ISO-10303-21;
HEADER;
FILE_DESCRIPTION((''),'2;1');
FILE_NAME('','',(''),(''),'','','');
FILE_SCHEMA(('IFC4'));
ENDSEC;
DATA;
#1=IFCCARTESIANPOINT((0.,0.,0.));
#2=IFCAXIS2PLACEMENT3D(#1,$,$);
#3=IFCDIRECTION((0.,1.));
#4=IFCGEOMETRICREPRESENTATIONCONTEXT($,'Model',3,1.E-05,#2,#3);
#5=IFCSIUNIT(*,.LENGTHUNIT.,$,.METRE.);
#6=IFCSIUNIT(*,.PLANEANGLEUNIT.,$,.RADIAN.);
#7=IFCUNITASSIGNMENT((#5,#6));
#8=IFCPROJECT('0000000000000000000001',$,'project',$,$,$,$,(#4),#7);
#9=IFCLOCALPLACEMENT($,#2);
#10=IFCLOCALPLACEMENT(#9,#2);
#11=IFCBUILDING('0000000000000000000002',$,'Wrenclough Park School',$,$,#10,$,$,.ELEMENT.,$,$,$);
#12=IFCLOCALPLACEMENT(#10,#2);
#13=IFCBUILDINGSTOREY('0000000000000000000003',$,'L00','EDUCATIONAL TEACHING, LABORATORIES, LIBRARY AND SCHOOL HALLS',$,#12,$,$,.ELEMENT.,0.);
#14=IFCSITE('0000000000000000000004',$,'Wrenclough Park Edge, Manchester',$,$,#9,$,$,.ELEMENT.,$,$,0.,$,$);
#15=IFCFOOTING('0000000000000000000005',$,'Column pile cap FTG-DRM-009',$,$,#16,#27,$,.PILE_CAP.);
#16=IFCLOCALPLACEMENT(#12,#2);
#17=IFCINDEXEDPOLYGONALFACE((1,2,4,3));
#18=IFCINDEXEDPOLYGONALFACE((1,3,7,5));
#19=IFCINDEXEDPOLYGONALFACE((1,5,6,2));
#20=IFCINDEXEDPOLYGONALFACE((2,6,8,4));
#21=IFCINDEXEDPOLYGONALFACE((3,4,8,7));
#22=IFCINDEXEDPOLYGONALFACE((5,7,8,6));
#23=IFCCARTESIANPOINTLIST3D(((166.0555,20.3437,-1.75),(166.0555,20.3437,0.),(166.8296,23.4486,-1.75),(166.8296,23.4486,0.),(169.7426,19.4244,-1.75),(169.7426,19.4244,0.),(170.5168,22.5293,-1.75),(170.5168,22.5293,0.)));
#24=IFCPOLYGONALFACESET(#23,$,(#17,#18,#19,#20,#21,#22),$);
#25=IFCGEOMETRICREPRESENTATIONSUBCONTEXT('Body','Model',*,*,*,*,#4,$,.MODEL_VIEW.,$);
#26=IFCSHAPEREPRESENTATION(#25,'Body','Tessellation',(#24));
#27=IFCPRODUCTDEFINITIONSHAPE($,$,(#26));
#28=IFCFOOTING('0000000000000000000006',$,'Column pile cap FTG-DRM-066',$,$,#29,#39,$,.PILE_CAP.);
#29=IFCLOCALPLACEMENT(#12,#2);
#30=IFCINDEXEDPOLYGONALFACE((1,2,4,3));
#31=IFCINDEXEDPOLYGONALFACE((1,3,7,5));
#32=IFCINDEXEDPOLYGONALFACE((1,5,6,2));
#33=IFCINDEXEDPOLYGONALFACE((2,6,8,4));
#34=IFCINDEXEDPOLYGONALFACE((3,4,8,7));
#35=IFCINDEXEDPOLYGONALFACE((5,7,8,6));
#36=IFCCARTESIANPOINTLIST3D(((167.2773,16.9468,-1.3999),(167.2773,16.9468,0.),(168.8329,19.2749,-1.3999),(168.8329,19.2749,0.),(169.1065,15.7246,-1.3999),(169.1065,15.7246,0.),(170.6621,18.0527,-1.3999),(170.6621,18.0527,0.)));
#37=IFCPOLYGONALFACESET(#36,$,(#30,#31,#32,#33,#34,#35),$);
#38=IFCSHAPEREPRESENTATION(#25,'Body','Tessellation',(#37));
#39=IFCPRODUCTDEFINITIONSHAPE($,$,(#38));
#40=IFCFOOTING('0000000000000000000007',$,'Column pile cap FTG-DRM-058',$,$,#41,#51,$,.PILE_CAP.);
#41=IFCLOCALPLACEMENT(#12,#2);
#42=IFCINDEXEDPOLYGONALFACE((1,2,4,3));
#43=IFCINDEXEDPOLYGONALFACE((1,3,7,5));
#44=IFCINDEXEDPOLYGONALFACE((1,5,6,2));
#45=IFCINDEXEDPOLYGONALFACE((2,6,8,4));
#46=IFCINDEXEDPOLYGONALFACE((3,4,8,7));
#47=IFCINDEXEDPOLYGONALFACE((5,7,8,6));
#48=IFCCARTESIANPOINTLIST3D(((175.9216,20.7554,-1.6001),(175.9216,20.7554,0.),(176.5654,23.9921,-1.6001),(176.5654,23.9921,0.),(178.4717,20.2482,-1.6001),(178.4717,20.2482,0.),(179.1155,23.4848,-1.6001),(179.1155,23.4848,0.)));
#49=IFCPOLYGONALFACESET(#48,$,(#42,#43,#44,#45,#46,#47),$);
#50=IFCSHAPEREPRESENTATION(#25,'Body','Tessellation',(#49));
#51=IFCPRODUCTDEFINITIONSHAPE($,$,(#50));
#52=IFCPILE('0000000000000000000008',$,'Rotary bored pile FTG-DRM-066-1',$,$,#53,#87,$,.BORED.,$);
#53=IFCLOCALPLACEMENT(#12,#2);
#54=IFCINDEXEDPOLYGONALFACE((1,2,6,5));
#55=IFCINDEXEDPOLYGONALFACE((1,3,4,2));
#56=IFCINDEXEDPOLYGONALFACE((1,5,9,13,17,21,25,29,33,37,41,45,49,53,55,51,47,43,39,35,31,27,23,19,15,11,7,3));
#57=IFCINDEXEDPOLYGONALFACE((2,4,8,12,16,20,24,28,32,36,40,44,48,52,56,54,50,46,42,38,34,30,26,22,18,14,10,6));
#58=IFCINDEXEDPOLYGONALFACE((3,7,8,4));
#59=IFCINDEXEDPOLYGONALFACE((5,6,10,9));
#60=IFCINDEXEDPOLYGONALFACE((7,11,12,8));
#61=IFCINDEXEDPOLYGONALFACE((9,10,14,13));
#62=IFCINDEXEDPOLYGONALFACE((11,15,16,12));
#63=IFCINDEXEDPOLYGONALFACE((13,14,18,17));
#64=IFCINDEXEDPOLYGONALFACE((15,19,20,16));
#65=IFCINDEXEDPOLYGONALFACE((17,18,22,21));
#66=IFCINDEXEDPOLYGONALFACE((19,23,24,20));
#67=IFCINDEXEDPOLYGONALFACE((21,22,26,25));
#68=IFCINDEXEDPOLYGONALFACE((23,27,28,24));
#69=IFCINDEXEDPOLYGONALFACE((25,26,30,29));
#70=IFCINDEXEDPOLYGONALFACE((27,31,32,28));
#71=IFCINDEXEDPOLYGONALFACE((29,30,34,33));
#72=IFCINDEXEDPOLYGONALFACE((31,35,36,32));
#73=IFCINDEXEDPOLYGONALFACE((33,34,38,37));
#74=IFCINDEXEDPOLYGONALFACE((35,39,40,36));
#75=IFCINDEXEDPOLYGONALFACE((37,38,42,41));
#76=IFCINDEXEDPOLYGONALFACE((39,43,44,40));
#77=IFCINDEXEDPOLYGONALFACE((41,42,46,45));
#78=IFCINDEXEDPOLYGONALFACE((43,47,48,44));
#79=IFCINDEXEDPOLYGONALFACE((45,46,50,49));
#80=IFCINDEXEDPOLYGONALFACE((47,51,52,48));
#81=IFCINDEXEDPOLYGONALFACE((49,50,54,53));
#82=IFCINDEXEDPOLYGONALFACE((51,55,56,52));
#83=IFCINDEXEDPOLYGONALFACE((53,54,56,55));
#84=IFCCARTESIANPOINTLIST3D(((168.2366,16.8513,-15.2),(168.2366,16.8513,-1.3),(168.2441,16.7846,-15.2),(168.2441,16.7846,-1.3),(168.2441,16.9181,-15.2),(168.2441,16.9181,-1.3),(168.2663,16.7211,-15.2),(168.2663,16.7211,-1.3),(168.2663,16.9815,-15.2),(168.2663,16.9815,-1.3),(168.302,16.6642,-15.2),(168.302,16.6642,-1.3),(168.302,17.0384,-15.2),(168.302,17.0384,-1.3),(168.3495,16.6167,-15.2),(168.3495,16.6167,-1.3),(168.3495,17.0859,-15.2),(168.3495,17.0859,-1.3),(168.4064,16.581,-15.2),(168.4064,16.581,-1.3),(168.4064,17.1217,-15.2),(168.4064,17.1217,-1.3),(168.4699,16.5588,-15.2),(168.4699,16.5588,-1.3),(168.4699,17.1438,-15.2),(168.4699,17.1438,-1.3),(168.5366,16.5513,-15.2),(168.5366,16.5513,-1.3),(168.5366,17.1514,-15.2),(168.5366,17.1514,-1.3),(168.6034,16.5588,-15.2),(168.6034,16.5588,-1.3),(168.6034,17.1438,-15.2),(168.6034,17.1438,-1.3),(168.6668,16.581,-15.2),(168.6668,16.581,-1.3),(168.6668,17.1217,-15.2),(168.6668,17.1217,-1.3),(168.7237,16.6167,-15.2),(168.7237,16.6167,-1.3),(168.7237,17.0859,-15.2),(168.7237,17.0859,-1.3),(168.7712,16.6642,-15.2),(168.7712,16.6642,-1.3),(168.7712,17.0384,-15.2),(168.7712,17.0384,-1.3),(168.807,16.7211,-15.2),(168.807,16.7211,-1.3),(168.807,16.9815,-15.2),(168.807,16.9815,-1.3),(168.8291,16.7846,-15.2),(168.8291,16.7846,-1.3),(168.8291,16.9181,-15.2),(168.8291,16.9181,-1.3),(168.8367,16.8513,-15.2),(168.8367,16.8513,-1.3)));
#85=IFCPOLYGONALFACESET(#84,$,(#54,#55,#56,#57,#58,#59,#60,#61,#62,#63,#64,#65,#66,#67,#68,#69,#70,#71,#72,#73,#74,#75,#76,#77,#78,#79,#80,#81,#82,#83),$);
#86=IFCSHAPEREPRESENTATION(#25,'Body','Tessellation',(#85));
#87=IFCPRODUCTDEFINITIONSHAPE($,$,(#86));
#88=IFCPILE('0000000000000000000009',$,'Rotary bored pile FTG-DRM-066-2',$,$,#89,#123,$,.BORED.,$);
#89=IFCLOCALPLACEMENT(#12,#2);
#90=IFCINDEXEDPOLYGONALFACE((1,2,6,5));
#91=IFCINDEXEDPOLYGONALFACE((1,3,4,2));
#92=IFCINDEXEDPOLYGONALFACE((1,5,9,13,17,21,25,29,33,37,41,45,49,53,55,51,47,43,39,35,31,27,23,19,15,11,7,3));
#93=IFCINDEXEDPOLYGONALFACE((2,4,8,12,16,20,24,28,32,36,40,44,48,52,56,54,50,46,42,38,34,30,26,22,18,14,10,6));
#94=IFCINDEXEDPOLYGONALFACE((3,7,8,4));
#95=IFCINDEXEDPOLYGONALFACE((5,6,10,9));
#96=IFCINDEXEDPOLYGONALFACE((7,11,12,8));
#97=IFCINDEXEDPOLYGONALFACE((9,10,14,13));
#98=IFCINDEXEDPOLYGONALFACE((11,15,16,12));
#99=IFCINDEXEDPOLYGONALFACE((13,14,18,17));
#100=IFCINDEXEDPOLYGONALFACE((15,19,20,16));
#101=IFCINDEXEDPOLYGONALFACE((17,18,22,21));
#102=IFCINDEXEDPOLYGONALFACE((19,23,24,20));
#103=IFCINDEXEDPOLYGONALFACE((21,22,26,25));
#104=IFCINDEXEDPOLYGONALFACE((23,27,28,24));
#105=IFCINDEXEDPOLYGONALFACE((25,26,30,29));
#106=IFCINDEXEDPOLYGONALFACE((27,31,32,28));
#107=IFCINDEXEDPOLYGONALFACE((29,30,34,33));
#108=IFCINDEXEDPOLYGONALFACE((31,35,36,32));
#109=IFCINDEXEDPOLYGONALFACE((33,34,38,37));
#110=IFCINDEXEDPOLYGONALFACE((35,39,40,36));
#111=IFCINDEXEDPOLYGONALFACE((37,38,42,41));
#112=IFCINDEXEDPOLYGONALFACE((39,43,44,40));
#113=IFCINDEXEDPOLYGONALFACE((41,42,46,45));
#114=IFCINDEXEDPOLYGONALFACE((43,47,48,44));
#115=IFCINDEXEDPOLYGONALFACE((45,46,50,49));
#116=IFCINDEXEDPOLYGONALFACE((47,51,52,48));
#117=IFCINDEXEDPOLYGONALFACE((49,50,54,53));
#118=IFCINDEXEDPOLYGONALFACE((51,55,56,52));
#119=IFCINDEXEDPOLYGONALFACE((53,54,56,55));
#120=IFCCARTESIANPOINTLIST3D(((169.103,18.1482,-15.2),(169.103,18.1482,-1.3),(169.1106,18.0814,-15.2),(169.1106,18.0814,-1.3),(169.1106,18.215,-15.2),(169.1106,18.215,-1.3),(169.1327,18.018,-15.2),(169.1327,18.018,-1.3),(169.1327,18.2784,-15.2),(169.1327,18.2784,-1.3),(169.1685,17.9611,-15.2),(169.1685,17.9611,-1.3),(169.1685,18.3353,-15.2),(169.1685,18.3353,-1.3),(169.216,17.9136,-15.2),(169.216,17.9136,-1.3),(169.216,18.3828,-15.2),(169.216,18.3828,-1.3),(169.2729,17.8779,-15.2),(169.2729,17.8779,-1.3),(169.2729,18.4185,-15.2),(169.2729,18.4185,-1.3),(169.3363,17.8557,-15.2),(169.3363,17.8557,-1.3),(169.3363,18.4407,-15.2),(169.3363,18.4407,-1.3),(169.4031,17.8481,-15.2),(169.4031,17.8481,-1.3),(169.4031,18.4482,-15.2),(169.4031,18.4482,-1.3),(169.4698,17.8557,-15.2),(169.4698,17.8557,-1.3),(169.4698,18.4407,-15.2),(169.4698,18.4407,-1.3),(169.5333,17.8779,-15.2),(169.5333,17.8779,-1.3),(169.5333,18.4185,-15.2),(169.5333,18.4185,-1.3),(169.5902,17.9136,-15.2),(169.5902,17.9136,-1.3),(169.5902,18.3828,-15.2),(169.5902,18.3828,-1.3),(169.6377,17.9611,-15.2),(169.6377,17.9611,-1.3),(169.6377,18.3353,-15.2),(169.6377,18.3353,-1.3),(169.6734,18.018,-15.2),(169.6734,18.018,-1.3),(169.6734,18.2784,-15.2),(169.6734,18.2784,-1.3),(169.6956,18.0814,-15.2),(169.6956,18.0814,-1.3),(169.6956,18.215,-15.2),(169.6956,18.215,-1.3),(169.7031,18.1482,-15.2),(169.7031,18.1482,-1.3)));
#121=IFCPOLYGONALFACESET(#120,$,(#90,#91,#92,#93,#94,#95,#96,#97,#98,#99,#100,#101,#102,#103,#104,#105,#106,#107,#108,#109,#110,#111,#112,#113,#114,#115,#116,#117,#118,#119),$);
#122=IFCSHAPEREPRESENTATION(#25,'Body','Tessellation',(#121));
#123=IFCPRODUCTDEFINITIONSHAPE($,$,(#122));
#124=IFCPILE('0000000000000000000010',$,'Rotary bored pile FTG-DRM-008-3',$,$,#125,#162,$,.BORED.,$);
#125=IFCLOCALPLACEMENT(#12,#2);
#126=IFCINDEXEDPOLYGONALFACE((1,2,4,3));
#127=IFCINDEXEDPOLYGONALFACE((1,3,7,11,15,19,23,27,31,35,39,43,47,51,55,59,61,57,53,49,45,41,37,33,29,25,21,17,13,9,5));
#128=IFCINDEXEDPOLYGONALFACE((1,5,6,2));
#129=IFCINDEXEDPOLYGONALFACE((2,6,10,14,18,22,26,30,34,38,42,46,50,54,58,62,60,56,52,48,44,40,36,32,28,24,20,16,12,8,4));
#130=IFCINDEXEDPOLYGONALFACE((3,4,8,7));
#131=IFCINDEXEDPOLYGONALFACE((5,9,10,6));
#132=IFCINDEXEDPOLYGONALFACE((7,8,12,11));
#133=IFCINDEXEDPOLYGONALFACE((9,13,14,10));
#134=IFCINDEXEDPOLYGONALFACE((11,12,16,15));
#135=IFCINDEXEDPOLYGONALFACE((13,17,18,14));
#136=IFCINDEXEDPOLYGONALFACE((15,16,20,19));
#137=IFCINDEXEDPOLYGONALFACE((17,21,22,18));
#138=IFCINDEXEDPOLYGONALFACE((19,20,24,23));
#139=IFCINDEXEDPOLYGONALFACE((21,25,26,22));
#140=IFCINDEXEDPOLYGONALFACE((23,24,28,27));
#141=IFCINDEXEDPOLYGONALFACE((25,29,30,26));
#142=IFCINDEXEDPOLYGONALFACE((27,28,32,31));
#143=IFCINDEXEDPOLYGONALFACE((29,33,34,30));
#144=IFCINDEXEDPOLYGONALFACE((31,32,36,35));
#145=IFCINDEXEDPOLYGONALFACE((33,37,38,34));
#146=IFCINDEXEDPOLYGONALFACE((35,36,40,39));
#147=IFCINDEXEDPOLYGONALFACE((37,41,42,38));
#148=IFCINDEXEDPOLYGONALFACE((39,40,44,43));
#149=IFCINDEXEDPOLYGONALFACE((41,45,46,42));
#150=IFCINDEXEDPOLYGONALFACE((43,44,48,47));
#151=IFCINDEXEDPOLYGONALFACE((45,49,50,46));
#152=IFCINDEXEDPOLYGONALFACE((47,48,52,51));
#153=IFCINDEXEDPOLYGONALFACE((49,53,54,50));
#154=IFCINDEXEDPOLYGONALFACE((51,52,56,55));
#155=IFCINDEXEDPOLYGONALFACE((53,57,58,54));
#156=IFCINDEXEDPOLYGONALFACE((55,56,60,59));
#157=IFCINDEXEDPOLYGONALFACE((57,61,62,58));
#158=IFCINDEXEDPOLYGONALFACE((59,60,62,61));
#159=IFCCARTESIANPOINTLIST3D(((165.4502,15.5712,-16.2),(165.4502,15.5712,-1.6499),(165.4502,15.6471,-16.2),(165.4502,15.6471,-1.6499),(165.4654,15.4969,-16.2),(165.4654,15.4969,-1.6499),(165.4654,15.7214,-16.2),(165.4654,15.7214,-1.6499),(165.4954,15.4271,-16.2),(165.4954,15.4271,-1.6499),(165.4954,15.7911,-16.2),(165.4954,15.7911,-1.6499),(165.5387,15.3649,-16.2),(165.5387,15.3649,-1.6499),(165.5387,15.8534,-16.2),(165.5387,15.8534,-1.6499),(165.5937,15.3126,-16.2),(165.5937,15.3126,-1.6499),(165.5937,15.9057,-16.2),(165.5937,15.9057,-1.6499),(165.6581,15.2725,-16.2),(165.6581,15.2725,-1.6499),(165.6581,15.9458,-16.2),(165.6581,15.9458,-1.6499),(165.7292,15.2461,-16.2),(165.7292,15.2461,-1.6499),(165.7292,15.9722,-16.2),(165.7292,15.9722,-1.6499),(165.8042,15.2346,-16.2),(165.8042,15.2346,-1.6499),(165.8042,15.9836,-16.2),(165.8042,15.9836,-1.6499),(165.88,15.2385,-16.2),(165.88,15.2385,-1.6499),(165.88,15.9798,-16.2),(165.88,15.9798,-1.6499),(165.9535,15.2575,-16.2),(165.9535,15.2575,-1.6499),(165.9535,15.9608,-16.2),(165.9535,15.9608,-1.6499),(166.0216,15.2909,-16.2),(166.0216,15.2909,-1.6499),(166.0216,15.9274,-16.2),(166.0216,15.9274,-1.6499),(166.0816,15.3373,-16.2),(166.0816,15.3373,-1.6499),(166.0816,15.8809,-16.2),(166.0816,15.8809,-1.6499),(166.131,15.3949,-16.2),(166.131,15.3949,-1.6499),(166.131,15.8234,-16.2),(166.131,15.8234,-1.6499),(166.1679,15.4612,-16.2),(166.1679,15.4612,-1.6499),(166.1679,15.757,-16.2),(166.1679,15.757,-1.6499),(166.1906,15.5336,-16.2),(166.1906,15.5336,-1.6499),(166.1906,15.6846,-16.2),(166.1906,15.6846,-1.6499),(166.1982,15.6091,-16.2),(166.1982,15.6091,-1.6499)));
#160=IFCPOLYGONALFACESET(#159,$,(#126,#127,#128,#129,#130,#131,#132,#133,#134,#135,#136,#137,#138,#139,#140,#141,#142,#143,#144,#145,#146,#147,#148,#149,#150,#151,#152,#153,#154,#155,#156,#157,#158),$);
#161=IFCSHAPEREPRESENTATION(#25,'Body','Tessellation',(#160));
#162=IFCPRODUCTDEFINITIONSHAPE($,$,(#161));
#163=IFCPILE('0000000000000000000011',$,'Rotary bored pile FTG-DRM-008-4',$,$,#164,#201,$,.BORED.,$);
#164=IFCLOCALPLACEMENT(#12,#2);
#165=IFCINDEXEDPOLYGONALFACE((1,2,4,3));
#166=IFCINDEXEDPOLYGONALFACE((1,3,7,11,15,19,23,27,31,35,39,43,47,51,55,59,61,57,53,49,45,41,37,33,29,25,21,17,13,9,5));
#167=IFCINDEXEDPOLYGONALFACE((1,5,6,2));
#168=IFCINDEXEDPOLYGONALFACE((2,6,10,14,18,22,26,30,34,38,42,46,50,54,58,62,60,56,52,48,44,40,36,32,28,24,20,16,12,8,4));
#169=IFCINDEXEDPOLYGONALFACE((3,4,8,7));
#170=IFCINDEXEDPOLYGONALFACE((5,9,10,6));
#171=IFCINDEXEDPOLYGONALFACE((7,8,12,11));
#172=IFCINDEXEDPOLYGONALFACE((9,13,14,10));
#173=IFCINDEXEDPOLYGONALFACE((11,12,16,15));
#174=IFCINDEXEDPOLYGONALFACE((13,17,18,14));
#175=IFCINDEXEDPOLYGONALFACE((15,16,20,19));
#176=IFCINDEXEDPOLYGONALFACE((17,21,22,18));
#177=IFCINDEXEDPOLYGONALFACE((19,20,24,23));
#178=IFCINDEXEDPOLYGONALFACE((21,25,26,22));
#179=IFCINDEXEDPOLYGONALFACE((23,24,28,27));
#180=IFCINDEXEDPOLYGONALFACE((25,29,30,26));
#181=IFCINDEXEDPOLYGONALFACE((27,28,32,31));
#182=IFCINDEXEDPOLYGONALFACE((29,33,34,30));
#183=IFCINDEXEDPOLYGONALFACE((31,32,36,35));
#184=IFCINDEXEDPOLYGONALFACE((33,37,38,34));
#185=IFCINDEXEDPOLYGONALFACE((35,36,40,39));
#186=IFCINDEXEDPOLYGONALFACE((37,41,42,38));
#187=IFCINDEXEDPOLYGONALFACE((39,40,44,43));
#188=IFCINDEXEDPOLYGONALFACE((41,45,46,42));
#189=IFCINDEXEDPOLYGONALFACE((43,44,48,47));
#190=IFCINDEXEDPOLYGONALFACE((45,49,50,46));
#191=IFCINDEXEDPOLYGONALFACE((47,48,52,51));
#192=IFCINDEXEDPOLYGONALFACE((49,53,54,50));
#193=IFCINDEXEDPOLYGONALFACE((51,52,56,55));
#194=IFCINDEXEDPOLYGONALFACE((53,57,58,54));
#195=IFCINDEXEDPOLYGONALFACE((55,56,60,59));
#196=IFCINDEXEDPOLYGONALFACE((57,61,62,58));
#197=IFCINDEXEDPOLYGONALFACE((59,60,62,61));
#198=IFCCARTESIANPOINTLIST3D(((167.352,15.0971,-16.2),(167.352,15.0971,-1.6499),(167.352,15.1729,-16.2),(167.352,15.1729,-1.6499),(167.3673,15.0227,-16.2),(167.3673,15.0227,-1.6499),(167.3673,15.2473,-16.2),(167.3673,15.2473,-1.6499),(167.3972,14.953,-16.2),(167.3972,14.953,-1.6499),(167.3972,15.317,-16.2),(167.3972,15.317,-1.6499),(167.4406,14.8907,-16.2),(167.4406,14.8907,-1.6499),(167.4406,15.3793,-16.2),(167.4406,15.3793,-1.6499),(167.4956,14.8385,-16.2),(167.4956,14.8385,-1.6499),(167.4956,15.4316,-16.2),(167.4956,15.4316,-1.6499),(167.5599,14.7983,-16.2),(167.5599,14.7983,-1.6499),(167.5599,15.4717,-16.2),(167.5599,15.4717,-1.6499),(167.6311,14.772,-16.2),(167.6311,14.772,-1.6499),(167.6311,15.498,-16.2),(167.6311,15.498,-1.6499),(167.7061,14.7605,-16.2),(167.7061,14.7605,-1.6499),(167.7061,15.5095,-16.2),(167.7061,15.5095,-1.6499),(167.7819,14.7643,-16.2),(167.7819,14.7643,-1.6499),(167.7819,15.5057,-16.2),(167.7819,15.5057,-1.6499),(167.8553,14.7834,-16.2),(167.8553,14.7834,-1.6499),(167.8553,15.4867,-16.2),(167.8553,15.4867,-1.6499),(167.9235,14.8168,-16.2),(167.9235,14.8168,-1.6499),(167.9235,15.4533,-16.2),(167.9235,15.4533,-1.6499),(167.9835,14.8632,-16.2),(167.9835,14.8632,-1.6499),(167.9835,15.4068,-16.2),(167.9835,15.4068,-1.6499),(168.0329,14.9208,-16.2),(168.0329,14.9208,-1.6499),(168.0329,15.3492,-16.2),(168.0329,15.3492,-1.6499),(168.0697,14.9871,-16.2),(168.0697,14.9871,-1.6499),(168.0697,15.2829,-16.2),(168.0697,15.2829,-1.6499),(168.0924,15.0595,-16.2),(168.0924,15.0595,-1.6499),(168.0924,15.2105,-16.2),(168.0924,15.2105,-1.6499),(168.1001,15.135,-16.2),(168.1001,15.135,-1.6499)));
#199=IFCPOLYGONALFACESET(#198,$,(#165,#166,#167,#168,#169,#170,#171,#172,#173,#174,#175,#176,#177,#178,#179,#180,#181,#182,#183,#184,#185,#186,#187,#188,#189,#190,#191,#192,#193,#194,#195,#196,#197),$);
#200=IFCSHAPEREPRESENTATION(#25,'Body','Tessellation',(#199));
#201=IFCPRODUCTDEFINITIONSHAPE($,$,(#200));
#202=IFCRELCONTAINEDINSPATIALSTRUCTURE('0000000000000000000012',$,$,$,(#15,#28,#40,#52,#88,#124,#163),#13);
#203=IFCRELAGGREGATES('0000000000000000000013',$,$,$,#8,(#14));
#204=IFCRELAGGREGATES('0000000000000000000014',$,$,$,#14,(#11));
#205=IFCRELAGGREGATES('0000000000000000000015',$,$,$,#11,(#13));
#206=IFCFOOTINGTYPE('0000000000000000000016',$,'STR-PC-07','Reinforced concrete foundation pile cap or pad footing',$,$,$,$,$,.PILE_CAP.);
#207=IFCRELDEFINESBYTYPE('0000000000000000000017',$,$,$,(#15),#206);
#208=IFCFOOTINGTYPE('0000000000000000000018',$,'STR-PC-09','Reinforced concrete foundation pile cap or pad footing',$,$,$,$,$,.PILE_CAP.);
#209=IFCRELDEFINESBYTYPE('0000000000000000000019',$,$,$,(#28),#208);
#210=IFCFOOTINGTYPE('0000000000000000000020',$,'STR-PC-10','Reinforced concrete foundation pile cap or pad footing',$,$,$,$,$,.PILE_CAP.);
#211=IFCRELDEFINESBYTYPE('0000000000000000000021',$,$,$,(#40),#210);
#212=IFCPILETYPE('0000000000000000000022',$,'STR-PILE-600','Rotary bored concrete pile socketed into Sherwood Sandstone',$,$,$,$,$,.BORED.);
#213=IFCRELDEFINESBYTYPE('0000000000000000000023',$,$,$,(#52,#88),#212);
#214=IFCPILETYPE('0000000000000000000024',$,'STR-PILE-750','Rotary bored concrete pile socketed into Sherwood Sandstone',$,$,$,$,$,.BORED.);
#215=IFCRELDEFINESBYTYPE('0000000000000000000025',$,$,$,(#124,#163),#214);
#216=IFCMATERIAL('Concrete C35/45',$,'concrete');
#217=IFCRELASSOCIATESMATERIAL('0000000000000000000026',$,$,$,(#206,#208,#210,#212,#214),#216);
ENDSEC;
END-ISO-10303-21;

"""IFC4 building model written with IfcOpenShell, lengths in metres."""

from ifc_helpers import new_model, si_unit, direction, frame, origin, origin_2d, place, context, subcontext, project, spatial, rectangle, circle, extrude, material, material_profile, profile_set, type_object, element, save


model = new_model("IFC4")

# Units and contexts
model_context = context("Model", 3, precision=1e-05, world=origin(), true_north=direction((0.0, 1.0)))
body_context = subcontext(model_context, "Body", "Model", "MODEL_VIEW")
ifc_project = project(units=[si_unit("LENGTHUNIT", "METRE"), si_unit("PLANEANGLEUNIT", "RADIAN")], contexts=[model_context])

# Site, building, storey
site_placement = place(None, origin())
site = spatial("IfcSite", under=ifc_project, at=site_placement, Name="Wrenclough Park Edge, Manchester", CompositionType="ELEMENT", RefElevation=0.0)
building_placement = place(site_placement, origin())
building = spatial("IfcBuilding", under=site, at=building_placement, Name="Wrenclough Park School", CompositionType="ELEMENT")
storey_placement = place(building_placement, origin())
storey = spatial("IfcBuildingStorey", under=building, at=storey_placement, Name="L00", Description="EDUCATIONAL TEACHING, LABORATORIES, LIBRARY AND SCHOOL HALLS", CompositionType="ELEMENT", Elevation=0.0)

# Footings
ifc_material_1 = material(Name="Concrete C35/45", Category="concrete")
footing_type_1 = type_object("IfcFootingType", Name="STR-PC-07", Description="Reinforced concrete foundation pile cap or pad footing", PredefinedType="PILE_CAP", material=ifc_material_1)
footing_1_placement = place(storey_placement, frame((168.2861, 21.4365, -1.75), z_axis=(0.0, 0.0, 1.0), x_axis=(0.970296, -0.241922, 0.0)))
element("IfcFooting", 1, at=footing_1_placement, inside=storey, type_object=footing_type_1, Name="Column pile cap FTG-DRM-009", PredefinedType="PILE_CAP", context=body_context, shape_type="SweptSolid", body=[
    extrude(rectangle(XDim=3.8, YDim=3.2, at=origin_2d()), origin(), (0.0, 0.0, 1.0), 1.75),
])
footing_type_2 = type_object("IfcFootingType", Name="STR-PC-09", Description="Reinforced concrete foundation pile cap or pad footing", PredefinedType="PILE_CAP", material=ifc_material_1)
footing_2_placement = place(storey_placement, frame((168.9697, 17.4998, -1.3999), z_axis=(0.0, 0.0, 1.0), x_axis=(0.55557, 0.83147, 0.0)))
element("IfcFooting", 2, at=footing_2_placement, inside=storey, type_object=footing_type_2, Name="Column pile cap FTG-DRM-066", PredefinedType="PILE_CAP", context=body_context, shape_type="SweptSolid", body=[
    extrude(rectangle(XDim=2.8, YDim=2.2, at=origin_2d()), origin(), (0.0, 0.0, 1.0), 1.3999),
])
footing_type_3 = type_object("IfcFootingType", Name="STR-PC-10", Description="Reinforced concrete foundation pile cap or pad footing", PredefinedType="PILE_CAP", material=ifc_material_1)
footing_3_placement = place(storey_placement, frame((177.5186, 22.1201, -1.6001), z_axis=(0.0, 0.0, 1.0), x_axis=(0.19509, 0.980785, 0.0)))
element("IfcFooting", 3, at=footing_3_placement, inside=storey, type_object=footing_type_3, Name="Column pile cap FTG-DRM-058", PredefinedType="PILE_CAP", context=body_context, shape_type="SweptSolid", body=[
    extrude(rectangle(XDim=3.3, YDim=2.6001, at=origin_2d()), origin(), (0.0, 0.0, 1.0), 1.6001),
])

# Piles
ifc_material_profile_1 = material_profile(ifc_material_1, circle(Radius=0.3, at=origin_2d()), Name="BORED PILE D600")
ifc_profile_set_1 = profile_set([ifc_material_profile_1], Name="Concrete C35/45")
pile_type_1 = type_object("IfcPileType", Name="STR-PILE-600", Description="Rotary bored concrete pile socketed into Sherwood Sandstone", PredefinedType="BORED", material=ifc_profile_set_1)
for number, where, z_axis, x_axis, name in (
    (4, (168.5366, 16.8513, -1.3), (0.0, 0.0, -1.0), (1.0, 0.0, 0.0), "Rotary bored pile FTG-DRM-066-1"),
    (5, (169.4031, 18.1482, -1.3), (0.0, 0.0, -1.0), (1.0, 0.0, 0.0), "Rotary bored pile FTG-DRM-066-2"),
):
    element("IfcPile", number, at=place(storey_placement, frame(where, z_axis=z_axis, x_axis=x_axis)), inside=storey, type_object=pile_type_1, Name=name, PredefinedType="BORED", context=body_context, shape_type="SweptSolid", body=[
        extrude(circle(Radius=0.3, at=origin_2d()), origin(), (0.0, 0.0, 1.0), 13.8999),
    ])
ifc_material_profile_2 = material_profile(ifc_material_1, circle(Radius=0.375, at=origin_2d()), Name="BORED PILE D750")
ifc_profile_set_2 = profile_set([ifc_material_profile_2], Name="Concrete C35/45")
pile_type_2 = type_object("IfcPileType", Name="STR-PILE-750", Description="Rotary bored concrete pile socketed into Sherwood Sandstone", PredefinedType="BORED", material=ifc_profile_set_2)
for number, where, z_axis, x_axis, name in (
    (6, (165.8232, 15.6091, -1.6499), (0.0, 0.0, -1.0), (1.0, 0.0, 0.0), "Rotary bored pile FTG-DRM-008-3"),
    (7, (167.7251, 15.135, -1.6499), (0.0, 0.0, -1.0), (1.0, 0.0, 0.0), "Rotary bored pile FTG-DRM-008-4"),
):
    element("IfcPile", number, at=place(storey_placement, frame(where, z_axis=z_axis, x_axis=x_axis)), inside=storey, type_object=pile_type_2, Name=name, PredefinedType="BORED", context=body_context, shape_type="SweptSolid", body=[
        extrude(circle(Radius=0.375, at=origin_2d()), origin(), (0.0, 0.0, 1.0), 14.55),
    ])

save(model, "model.ifc")
